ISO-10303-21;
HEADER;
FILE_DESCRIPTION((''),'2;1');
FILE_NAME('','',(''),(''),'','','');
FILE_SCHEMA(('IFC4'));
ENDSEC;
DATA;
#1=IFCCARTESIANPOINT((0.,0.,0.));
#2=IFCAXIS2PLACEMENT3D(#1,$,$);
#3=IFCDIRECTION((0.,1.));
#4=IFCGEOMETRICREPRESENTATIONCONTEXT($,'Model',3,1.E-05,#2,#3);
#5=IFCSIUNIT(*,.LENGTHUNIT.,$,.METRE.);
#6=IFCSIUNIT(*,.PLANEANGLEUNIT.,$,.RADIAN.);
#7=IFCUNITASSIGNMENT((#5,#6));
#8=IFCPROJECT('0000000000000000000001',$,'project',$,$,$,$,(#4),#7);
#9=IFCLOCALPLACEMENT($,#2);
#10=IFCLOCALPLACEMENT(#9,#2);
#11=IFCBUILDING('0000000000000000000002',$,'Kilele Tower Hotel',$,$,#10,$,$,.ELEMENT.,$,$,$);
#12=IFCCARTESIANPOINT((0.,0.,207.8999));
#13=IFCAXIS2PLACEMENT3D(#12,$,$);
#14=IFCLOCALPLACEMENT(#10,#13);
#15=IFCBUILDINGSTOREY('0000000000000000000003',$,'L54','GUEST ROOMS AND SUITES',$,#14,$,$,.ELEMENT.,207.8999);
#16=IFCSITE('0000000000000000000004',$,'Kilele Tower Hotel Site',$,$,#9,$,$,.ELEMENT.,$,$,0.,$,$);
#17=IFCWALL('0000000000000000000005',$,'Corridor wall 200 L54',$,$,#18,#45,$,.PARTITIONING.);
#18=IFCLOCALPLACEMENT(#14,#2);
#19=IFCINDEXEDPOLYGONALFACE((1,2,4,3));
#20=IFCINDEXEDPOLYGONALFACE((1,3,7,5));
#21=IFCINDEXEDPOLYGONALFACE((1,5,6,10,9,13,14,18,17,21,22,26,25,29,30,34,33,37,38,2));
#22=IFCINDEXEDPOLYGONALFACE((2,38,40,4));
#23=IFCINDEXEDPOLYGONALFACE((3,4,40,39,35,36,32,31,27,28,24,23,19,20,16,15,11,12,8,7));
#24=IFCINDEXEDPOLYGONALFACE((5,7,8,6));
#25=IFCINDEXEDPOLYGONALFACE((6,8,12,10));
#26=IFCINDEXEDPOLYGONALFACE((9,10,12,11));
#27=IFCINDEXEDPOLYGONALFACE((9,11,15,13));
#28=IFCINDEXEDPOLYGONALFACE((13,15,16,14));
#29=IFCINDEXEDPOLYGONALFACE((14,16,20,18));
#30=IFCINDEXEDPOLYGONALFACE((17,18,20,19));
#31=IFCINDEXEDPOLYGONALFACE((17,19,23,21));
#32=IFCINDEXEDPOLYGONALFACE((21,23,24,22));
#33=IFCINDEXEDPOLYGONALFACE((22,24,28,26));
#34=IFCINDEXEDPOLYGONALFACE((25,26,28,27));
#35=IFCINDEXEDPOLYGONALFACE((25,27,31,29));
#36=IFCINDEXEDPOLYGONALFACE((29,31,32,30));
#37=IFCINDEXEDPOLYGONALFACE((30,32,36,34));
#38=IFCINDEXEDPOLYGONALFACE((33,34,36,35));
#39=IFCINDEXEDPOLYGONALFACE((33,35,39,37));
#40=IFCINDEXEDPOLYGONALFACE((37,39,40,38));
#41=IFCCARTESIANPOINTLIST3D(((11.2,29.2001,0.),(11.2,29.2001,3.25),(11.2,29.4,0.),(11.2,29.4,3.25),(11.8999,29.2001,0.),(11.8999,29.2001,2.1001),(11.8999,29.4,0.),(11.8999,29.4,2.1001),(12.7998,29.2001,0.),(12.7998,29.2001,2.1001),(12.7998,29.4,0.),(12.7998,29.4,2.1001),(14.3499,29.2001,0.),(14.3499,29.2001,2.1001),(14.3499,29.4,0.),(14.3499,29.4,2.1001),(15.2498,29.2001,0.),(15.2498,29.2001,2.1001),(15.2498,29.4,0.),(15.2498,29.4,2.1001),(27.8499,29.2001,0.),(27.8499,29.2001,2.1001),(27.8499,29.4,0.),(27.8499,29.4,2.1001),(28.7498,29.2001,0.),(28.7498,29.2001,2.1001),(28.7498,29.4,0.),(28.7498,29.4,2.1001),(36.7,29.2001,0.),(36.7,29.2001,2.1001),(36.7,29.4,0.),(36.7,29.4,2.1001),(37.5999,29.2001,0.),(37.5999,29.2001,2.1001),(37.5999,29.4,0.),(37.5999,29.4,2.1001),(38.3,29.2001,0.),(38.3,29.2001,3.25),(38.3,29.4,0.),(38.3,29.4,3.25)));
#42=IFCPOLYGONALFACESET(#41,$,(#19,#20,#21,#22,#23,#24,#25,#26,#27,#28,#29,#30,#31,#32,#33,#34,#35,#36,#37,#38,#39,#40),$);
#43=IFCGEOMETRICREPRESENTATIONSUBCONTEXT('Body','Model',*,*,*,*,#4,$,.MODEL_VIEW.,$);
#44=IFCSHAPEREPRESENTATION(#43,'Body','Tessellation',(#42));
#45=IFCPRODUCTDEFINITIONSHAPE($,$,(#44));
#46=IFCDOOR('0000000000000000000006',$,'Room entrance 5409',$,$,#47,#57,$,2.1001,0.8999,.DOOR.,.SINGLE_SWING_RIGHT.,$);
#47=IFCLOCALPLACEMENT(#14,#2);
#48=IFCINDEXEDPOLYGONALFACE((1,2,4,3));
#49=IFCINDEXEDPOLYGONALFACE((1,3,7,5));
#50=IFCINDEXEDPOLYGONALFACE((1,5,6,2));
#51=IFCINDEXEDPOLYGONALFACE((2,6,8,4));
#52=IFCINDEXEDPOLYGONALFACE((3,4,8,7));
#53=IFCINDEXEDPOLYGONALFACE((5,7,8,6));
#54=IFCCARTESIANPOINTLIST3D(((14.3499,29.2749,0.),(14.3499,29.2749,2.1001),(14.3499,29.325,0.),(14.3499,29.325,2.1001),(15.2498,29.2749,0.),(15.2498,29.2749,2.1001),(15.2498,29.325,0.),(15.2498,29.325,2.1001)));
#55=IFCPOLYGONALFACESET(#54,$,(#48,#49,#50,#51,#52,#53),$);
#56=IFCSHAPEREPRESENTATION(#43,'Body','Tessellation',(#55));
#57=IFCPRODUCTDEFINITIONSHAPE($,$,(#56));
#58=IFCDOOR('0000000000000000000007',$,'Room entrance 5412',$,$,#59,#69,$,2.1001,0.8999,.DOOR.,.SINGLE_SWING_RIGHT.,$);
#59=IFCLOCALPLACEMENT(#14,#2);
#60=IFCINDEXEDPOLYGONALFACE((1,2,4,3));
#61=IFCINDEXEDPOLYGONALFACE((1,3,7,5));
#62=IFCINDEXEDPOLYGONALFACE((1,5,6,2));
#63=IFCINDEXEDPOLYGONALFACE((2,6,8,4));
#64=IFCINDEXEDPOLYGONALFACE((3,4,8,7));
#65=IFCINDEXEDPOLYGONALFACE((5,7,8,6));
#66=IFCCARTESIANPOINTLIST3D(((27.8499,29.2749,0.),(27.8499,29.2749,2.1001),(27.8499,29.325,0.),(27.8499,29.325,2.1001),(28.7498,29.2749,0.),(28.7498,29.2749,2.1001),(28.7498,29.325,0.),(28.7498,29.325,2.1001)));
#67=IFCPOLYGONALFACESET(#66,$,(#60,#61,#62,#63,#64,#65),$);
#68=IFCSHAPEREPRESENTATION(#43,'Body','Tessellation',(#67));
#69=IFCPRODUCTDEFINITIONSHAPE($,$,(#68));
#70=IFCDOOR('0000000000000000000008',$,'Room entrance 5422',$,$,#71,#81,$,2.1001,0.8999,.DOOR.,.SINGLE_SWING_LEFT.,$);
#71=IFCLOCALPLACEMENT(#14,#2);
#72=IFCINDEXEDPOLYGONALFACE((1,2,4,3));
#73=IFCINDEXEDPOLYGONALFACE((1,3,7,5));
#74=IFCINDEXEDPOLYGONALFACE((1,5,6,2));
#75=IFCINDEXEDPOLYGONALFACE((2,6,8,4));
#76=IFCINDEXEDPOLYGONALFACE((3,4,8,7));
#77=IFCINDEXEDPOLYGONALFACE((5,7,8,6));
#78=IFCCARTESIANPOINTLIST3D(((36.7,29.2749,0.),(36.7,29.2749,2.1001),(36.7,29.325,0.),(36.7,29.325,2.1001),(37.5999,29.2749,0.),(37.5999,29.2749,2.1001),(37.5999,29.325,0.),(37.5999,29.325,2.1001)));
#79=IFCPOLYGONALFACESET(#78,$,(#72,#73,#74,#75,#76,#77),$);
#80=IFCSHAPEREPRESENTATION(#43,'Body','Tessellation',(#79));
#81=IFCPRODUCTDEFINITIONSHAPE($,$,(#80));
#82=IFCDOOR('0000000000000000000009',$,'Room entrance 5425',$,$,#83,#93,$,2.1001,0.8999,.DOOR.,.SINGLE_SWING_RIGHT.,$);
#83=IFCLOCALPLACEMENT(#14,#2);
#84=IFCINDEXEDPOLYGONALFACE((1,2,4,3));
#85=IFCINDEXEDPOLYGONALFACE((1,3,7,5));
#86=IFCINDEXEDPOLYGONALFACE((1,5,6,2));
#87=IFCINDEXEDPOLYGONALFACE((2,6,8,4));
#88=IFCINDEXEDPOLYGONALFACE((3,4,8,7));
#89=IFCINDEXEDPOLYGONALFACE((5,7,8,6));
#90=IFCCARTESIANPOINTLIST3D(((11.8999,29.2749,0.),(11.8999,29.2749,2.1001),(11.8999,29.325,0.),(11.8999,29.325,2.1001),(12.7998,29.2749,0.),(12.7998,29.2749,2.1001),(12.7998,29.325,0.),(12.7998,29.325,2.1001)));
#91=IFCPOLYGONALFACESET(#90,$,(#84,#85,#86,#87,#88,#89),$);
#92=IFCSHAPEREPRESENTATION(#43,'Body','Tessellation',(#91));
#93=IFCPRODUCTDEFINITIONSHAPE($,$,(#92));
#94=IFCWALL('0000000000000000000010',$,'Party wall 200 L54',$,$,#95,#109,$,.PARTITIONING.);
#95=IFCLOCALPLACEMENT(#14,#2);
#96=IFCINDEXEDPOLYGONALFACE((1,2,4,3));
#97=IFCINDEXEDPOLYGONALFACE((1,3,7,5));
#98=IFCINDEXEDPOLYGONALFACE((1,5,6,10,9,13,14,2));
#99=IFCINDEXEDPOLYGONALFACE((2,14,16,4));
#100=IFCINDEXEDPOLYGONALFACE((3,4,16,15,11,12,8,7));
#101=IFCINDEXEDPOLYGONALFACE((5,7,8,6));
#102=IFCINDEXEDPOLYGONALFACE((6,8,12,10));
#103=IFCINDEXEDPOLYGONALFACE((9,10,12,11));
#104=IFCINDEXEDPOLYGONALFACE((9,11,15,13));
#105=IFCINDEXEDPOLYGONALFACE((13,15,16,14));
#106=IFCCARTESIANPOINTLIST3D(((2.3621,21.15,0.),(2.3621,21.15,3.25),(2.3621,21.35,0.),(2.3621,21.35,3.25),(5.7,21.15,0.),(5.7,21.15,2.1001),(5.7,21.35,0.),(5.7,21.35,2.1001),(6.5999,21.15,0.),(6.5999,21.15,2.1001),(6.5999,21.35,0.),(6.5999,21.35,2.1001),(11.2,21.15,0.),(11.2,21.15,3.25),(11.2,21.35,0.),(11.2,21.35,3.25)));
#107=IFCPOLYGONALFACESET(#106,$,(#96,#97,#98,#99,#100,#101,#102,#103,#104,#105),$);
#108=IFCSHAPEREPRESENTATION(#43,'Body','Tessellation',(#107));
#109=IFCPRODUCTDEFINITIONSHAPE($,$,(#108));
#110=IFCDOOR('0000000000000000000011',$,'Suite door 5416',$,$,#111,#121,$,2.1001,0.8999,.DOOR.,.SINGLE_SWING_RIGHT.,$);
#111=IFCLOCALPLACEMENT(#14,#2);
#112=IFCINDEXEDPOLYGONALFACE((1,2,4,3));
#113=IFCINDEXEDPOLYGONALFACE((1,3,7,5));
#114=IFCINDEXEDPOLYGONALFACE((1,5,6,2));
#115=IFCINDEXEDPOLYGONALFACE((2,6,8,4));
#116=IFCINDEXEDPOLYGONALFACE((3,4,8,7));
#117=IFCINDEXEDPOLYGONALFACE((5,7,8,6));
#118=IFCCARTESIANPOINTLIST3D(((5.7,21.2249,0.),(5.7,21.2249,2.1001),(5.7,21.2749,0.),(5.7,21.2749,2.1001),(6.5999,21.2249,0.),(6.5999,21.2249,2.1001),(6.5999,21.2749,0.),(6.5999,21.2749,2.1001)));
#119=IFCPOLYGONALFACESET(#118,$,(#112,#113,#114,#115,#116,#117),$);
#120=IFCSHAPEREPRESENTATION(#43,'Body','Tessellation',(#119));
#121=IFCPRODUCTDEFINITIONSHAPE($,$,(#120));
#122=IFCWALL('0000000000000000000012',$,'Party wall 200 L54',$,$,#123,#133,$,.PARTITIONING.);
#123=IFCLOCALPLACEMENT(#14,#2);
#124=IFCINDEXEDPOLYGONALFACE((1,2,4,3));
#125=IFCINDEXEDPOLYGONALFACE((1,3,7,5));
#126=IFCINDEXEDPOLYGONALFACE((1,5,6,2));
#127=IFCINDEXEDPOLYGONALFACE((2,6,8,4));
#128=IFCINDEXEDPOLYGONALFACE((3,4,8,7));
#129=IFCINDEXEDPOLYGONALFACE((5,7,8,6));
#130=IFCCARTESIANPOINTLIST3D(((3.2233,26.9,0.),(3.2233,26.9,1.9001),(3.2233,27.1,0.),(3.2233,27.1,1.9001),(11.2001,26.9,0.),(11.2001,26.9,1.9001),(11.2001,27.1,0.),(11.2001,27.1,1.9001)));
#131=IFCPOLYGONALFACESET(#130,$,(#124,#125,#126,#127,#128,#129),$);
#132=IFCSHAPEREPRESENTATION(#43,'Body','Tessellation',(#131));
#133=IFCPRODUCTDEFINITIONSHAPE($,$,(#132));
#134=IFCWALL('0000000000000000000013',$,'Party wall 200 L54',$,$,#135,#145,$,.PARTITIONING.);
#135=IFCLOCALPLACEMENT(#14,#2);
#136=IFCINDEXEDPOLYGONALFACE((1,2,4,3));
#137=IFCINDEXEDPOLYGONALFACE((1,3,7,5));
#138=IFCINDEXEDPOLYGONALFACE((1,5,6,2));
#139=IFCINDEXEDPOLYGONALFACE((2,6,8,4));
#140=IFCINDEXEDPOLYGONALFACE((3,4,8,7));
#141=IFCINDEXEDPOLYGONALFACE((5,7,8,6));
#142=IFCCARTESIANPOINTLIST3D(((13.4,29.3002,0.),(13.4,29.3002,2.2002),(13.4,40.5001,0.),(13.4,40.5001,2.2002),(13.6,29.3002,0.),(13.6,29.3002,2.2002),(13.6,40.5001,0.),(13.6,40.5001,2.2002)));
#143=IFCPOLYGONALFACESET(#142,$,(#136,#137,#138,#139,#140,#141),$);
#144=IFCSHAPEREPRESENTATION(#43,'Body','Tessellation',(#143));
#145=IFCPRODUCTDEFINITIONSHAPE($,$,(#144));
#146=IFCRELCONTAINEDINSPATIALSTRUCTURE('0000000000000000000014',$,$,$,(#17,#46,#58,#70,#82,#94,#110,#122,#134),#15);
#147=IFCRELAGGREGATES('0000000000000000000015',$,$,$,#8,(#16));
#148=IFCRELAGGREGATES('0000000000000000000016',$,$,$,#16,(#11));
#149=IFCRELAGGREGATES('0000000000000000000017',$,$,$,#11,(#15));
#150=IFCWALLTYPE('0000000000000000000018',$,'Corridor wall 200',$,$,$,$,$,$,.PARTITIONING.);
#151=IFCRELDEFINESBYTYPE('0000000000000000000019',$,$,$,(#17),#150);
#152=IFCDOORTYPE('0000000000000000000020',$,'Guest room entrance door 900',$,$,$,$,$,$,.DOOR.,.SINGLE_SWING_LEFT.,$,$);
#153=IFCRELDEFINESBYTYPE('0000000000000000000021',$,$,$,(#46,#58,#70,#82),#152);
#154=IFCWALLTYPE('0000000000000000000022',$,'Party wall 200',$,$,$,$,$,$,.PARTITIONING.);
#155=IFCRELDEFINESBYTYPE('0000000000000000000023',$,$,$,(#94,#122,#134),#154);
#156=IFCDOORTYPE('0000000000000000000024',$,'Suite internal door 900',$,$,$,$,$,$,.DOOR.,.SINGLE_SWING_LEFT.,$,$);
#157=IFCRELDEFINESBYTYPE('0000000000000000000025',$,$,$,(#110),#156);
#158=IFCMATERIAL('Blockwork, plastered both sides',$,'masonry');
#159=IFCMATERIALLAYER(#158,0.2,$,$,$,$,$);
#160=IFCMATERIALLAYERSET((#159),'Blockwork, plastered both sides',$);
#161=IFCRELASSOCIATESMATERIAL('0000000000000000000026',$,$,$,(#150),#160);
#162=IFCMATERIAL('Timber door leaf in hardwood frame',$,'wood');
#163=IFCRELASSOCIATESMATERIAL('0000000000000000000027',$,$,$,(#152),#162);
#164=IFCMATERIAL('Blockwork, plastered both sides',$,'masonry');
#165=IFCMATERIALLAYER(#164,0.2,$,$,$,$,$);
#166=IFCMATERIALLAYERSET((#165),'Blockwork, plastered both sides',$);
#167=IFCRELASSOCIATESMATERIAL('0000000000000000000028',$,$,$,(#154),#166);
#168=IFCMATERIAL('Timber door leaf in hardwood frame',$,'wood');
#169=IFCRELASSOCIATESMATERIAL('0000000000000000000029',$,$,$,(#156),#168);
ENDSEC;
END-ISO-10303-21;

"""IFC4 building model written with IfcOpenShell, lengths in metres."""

from ifc_helpers import new_model, si_unit, direction, frame, frame_2d, origin, place, context, subcontext, project, spatial, rectangle, extrude, material, layer, layer_set, type_object, element, fill, save


model = new_model("IFC4")

# Units and contexts
model_context = context("Model", 3, precision=1e-05, world=origin(), true_north=direction((0.0, 1.0)))
body_context = subcontext(model_context, "Body", "Model", "MODEL_VIEW")
ifc_project = project(units=[si_unit("LENGTHUNIT", "METRE"), si_unit("PLANEANGLEUNIT", "RADIAN")], contexts=[model_context])

# Site, building, storey
site_placement = place(None, origin())
site = spatial("IfcSite", under=ifc_project, at=site_placement, Name="Kilele Tower Hotel Site", CompositionType="ELEMENT", RefElevation=0.0)
building_placement = place(site_placement, origin())
building = spatial("IfcBuilding", under=site, at=building_placement, Name="Kilele Tower Hotel", CompositionType="ELEMENT")
storey_placement = place(building_placement, frame((0.0, 0.0, 207.8999)))
storey = spatial("IfcBuildingStorey", under=building, at=storey_placement, Name="L54", Description="GUEST ROOMS AND SUITES", CompositionType="ELEMENT", Elevation=207.8999)

# Wall, openings, doors
ifc_material_1 = material(Name="Blockwork, plastered both sides", Category="masonry")
ifc_layer_1 = layer(ifc_material_1, 0.2)
ifc_layer_set_1 = layer_set([ifc_layer_1], Name="Blockwork, plastered both sides")
wall_type_1 = type_object("IfcWallType", Name="Corridor wall 200", PredefinedType="PARTITIONING", material=ifc_layer_set_1)
wall_1_placement = place(storey_placement, frame((11.2, 29.3, 0.0), z_axis=(0.0, 0.0, 1.0), x_axis=(1.0, 0.0, 0.0)))
wall_1 = element("IfcWall", 1, at=wall_1_placement, inside=storey, type_object=wall_type_1, Name="Corridor wall 200 L54", PredefinedType="PARTITIONING", context=body_context, shape_type="SweptSolid", body=[
    extrude(rectangle(XDim=27.1001, YDim=0.2, at=frame_2d((13.55, 0.0))), origin(), (0.0, 0.0, 1.0), 3.25),
])
opening_1_placement = place(wall_1_placement, frame((3.1499, 0.0, 0.0)))
opening_1 = element("IfcOpeningElement", 2, at=opening_1_placement, cuts=wall_1, PredefinedType="OPENING", context=body_context, shape_type="SweptSolid", body=[
    extrude(rectangle(XDim=0.8999, YDim=2.1001, at=frame_2d((0.45, 1.05))), frame((0.0, 0.1099, 0.0), z_axis=(0.0, -1.0, 0.0), x_axis=(1.0, 0.0, 0.0)), (0.0, 0.0, 1.0), 0.22),
])
opening_2_placement = place(wall_1_placement, frame((16.6499, 0.0, 0.0)))
opening_2 = element("IfcOpeningElement", 3, at=opening_2_placement, cuts=wall_1, PredefinedType="OPENING", context=body_context, shape_type="SweptSolid", body=[
    extrude(rectangle(XDim=0.8999, YDim=2.1001, at=frame_2d((0.45, 1.05))), frame((0.0, 0.1099, 0.0), z_axis=(0.0, -1.0, 0.0), x_axis=(1.0, 0.0, 0.0)), (0.0, 0.0, 1.0), 0.22),
])
opening_3_placement = place(wall_1_placement, frame((25.5, 0.0, 0.0)))
opening_3 = element("IfcOpeningElement", 4, at=opening_3_placement, cuts=wall_1, PredefinedType="OPENING", context=body_context, shape_type="SweptSolid", body=[
    extrude(rectangle(XDim=0.8999, YDim=2.1001, at=frame_2d((0.45, 1.05))), frame((0.0, 0.1099, 0.0), z_axis=(0.0, -1.0, 0.0), x_axis=(1.0, 0.0, 0.0)), (0.0, 0.0, 1.0), 0.22),
])
opening_4_placement = place(wall_1_placement, frame((0.7, 0.0, 0.0)))
opening_4 = element("IfcOpeningElement", 5, at=opening_4_placement, cuts=wall_1, PredefinedType="OPENING", context=body_context, shape_type="SweptSolid", body=[
    extrude(rectangle(XDim=0.8999, YDim=2.1001, at=frame_2d((0.45, 1.05))), frame((0.0, 0.1099, 0.0), z_axis=(0.0, -1.0, 0.0), x_axis=(1.0, 0.0, 0.0)), (0.0, 0.0, 1.0), 0.22),
])
ifc_material_2 = material(Name="Timber door leaf in hardwood frame", Category="wood")
door_type_1 = type_object("IfcDoorType", Name="Guest room entrance door 900", OperationType="SINGLE_SWING_LEFT", PredefinedType="DOOR", material=ifc_material_2)
door_1_placement = place(opening_1_placement, origin())
door_1 = element("IfcDoor", 6, at=door_1_placement, inside=storey, type_object=door_type_1, Name="Room entrance 5409", OperationType="SINGLE_SWING_RIGHT", OverallHeight=2.1001, OverallWidth=0.8999, PredefinedType="DOOR", context=body_context, shape_type="SweptSolid", body=[
    extrude(rectangle(XDim=0.8999, YDim=2.1001, at=frame_2d((0.45, 1.05))), frame((0.0, 0.0249, 0.0), z_axis=(0.0, -1.0, 0.0), x_axis=(1.0, 0.0, 0.0)), (0.0, 0.0, 1.0), 0.05),
])
fill(opening_1, door_1)
door_2_placement = place(opening_2_placement, origin())
door_2 = element("IfcDoor", 7, at=door_2_placement, inside=storey, type_object=door_type_1, Name="Room entrance 5412", OperationType="SINGLE_SWING_RIGHT", OverallHeight=2.1001, OverallWidth=0.8999, PredefinedType="DOOR", context=body_context, shape_type="SweptSolid", body=[
    extrude(rectangle(XDim=0.8999, YDim=2.1001, at=frame_2d((0.45, 1.05))), frame((0.0, 0.0249, 0.0), z_axis=(0.0, -1.0, 0.0), x_axis=(1.0, 0.0, 0.0)), (0.0, 0.0, 1.0), 0.05),
])
fill(opening_2, door_2)
door_3_placement = place(opening_3_placement, origin())
door_3 = element("IfcDoor", 8, at=door_3_placement, inside=storey, type_object=door_type_1, Name="Room entrance 5422", OperationType="SINGLE_SWING_LEFT", OverallHeight=2.1001, OverallWidth=0.8999, PredefinedType="DOOR", context=body_context, shape_type="SweptSolid", body=[
    extrude(rectangle(XDim=0.8999, YDim=2.1001, at=frame_2d((0.45, 1.05))), frame((0.0, 0.0249, 0.0), z_axis=(0.0, -1.0, 0.0), x_axis=(1.0, 0.0, 0.0)), (0.0, 0.0, 1.0), 0.05),
])
fill(opening_3, door_3)
door_4_placement = place(opening_4_placement, origin())
door_4 = element("IfcDoor", 9, at=door_4_placement, inside=storey, type_object=door_type_1, Name="Room entrance 5425", OperationType="SINGLE_SWING_RIGHT", OverallHeight=2.1001, OverallWidth=0.8999, PredefinedType="DOOR", context=body_context, shape_type="SweptSolid", body=[
    extrude(rectangle(XDim=0.8999, YDim=2.1001, at=frame_2d((0.45, 1.05))), frame((0.0, 0.0249, 0.0), z_axis=(0.0, -1.0, 0.0), x_axis=(1.0, 0.0, 0.0)), (0.0, 0.0, 1.0), 0.05),
])
fill(opening_4, door_4)

# Wall, opening, door
ifc_material_3 = material(Name="Blockwork, plastered both sides", Category="masonry")
ifc_layer_2 = layer(ifc_material_3, 0.2)
ifc_layer_set_2 = layer_set([ifc_layer_2], Name="Blockwork, plastered both sides")
wall_type_2 = type_object("IfcWallType", Name="Party wall 200", PredefinedType="PARTITIONING", material=ifc_layer_set_2)
wall_2_placement = place(storey_placement, frame((11.2, 21.25, 0.0), z_axis=(0.0, 0.0, 1.0), x_axis=(-1.0, 0.0, 0.0)))
wall_2 = element("IfcWall", 10, at=wall_2_placement, inside=storey, type_object=wall_type_2, Name="Party wall 200 L54", PredefinedType="PARTITIONING", context=body_context, shape_type="SweptSolid", body=[
    extrude(rectangle(XDim=8.8379, YDim=0.2, at=frame_2d((4.4189, 0.0))), origin(), (0.0, 0.0, 1.0), 3.25),
])
opening_5_placement = place(wall_2_placement, frame((5.5, 0.0, 0.0), z_axis=(0.0, 0.0, 1.0), x_axis=(-1.0, 0.0, 0.0)))
opening_5 = element("IfcOpeningElement", 11, at=opening_5_placement, cuts=wall_2, PredefinedType="OPENING", context=body_context, shape_type="SweptSolid", body=[
    extrude(rectangle(XDim=0.8999, YDim=2.1001, at=frame_2d((0.45, 1.05))), frame((0.0, 0.1099, 0.0), z_axis=(0.0, -1.0, 0.0), x_axis=(1.0, 0.0, 0.0)), (0.0, 0.0, 1.0), 0.22),
])
ifc_material_4 = material(Name="Timber door leaf in hardwood frame", Category="wood")
door_type_2 = type_object("IfcDoorType", Name="Suite internal door 900", OperationType="SINGLE_SWING_LEFT", PredefinedType="DOOR", material=ifc_material_4)
door_5_placement = place(opening_5_placement, origin())
door_5 = element("IfcDoor", 12, at=door_5_placement, inside=storey, type_object=door_type_2, Name="Suite door 5416", OperationType="SINGLE_SWING_RIGHT", OverallHeight=2.1001, OverallWidth=0.8999, PredefinedType="DOOR", context=body_context, shape_type="SweptSolid", body=[
    extrude(rectangle(XDim=0.8999, YDim=2.1001, at=frame_2d((0.45, 1.05))), frame((0.0, 0.0249, 0.0), z_axis=(0.0, -1.0, 0.0), x_axis=(1.0, 0.0, 0.0)), (0.0, 0.0, 1.0), 0.05),
])
fill(opening_5, door_5)

# Walls
wall_3_placement = place(storey_placement, frame((11.2, 27.0, 0.0), z_axis=(0.0, 0.0, 1.0), x_axis=(-1.0, 0.0, 0.0)))
element("IfcWall", 13, at=wall_3_placement, inside=storey, type_object=wall_type_2, Name="Party wall 200 L54", PredefinedType="PARTITIONING", context=body_context, shape_type="SweptSolid", body=[
    extrude(rectangle(XDim=7.9768, YDim=0.2, at=frame_2d((3.9883, 0.0))), origin(), (0.0, 0.0, 1.0), 1.9001),
])
wall_4_placement = place(storey_placement, frame((13.5, 29.3, 0.0), z_axis=(0.0, 0.0, 1.0), x_axis=(0.0, 1.0, 0.0)))
element("IfcWall", 14, at=wall_4_placement, inside=storey, type_object=wall_type_2, Name="Party wall 200 L54", PredefinedType="PARTITIONING", context=body_context, shape_type="SweptSolid", body=[
    extrude(rectangle(XDim=11.2, YDim=0.2, at=frame_2d((5.6001, 0.0))), origin(), (0.0, 0.0, 1.0), 2.2002),
])

save(model, "model.ifc")
